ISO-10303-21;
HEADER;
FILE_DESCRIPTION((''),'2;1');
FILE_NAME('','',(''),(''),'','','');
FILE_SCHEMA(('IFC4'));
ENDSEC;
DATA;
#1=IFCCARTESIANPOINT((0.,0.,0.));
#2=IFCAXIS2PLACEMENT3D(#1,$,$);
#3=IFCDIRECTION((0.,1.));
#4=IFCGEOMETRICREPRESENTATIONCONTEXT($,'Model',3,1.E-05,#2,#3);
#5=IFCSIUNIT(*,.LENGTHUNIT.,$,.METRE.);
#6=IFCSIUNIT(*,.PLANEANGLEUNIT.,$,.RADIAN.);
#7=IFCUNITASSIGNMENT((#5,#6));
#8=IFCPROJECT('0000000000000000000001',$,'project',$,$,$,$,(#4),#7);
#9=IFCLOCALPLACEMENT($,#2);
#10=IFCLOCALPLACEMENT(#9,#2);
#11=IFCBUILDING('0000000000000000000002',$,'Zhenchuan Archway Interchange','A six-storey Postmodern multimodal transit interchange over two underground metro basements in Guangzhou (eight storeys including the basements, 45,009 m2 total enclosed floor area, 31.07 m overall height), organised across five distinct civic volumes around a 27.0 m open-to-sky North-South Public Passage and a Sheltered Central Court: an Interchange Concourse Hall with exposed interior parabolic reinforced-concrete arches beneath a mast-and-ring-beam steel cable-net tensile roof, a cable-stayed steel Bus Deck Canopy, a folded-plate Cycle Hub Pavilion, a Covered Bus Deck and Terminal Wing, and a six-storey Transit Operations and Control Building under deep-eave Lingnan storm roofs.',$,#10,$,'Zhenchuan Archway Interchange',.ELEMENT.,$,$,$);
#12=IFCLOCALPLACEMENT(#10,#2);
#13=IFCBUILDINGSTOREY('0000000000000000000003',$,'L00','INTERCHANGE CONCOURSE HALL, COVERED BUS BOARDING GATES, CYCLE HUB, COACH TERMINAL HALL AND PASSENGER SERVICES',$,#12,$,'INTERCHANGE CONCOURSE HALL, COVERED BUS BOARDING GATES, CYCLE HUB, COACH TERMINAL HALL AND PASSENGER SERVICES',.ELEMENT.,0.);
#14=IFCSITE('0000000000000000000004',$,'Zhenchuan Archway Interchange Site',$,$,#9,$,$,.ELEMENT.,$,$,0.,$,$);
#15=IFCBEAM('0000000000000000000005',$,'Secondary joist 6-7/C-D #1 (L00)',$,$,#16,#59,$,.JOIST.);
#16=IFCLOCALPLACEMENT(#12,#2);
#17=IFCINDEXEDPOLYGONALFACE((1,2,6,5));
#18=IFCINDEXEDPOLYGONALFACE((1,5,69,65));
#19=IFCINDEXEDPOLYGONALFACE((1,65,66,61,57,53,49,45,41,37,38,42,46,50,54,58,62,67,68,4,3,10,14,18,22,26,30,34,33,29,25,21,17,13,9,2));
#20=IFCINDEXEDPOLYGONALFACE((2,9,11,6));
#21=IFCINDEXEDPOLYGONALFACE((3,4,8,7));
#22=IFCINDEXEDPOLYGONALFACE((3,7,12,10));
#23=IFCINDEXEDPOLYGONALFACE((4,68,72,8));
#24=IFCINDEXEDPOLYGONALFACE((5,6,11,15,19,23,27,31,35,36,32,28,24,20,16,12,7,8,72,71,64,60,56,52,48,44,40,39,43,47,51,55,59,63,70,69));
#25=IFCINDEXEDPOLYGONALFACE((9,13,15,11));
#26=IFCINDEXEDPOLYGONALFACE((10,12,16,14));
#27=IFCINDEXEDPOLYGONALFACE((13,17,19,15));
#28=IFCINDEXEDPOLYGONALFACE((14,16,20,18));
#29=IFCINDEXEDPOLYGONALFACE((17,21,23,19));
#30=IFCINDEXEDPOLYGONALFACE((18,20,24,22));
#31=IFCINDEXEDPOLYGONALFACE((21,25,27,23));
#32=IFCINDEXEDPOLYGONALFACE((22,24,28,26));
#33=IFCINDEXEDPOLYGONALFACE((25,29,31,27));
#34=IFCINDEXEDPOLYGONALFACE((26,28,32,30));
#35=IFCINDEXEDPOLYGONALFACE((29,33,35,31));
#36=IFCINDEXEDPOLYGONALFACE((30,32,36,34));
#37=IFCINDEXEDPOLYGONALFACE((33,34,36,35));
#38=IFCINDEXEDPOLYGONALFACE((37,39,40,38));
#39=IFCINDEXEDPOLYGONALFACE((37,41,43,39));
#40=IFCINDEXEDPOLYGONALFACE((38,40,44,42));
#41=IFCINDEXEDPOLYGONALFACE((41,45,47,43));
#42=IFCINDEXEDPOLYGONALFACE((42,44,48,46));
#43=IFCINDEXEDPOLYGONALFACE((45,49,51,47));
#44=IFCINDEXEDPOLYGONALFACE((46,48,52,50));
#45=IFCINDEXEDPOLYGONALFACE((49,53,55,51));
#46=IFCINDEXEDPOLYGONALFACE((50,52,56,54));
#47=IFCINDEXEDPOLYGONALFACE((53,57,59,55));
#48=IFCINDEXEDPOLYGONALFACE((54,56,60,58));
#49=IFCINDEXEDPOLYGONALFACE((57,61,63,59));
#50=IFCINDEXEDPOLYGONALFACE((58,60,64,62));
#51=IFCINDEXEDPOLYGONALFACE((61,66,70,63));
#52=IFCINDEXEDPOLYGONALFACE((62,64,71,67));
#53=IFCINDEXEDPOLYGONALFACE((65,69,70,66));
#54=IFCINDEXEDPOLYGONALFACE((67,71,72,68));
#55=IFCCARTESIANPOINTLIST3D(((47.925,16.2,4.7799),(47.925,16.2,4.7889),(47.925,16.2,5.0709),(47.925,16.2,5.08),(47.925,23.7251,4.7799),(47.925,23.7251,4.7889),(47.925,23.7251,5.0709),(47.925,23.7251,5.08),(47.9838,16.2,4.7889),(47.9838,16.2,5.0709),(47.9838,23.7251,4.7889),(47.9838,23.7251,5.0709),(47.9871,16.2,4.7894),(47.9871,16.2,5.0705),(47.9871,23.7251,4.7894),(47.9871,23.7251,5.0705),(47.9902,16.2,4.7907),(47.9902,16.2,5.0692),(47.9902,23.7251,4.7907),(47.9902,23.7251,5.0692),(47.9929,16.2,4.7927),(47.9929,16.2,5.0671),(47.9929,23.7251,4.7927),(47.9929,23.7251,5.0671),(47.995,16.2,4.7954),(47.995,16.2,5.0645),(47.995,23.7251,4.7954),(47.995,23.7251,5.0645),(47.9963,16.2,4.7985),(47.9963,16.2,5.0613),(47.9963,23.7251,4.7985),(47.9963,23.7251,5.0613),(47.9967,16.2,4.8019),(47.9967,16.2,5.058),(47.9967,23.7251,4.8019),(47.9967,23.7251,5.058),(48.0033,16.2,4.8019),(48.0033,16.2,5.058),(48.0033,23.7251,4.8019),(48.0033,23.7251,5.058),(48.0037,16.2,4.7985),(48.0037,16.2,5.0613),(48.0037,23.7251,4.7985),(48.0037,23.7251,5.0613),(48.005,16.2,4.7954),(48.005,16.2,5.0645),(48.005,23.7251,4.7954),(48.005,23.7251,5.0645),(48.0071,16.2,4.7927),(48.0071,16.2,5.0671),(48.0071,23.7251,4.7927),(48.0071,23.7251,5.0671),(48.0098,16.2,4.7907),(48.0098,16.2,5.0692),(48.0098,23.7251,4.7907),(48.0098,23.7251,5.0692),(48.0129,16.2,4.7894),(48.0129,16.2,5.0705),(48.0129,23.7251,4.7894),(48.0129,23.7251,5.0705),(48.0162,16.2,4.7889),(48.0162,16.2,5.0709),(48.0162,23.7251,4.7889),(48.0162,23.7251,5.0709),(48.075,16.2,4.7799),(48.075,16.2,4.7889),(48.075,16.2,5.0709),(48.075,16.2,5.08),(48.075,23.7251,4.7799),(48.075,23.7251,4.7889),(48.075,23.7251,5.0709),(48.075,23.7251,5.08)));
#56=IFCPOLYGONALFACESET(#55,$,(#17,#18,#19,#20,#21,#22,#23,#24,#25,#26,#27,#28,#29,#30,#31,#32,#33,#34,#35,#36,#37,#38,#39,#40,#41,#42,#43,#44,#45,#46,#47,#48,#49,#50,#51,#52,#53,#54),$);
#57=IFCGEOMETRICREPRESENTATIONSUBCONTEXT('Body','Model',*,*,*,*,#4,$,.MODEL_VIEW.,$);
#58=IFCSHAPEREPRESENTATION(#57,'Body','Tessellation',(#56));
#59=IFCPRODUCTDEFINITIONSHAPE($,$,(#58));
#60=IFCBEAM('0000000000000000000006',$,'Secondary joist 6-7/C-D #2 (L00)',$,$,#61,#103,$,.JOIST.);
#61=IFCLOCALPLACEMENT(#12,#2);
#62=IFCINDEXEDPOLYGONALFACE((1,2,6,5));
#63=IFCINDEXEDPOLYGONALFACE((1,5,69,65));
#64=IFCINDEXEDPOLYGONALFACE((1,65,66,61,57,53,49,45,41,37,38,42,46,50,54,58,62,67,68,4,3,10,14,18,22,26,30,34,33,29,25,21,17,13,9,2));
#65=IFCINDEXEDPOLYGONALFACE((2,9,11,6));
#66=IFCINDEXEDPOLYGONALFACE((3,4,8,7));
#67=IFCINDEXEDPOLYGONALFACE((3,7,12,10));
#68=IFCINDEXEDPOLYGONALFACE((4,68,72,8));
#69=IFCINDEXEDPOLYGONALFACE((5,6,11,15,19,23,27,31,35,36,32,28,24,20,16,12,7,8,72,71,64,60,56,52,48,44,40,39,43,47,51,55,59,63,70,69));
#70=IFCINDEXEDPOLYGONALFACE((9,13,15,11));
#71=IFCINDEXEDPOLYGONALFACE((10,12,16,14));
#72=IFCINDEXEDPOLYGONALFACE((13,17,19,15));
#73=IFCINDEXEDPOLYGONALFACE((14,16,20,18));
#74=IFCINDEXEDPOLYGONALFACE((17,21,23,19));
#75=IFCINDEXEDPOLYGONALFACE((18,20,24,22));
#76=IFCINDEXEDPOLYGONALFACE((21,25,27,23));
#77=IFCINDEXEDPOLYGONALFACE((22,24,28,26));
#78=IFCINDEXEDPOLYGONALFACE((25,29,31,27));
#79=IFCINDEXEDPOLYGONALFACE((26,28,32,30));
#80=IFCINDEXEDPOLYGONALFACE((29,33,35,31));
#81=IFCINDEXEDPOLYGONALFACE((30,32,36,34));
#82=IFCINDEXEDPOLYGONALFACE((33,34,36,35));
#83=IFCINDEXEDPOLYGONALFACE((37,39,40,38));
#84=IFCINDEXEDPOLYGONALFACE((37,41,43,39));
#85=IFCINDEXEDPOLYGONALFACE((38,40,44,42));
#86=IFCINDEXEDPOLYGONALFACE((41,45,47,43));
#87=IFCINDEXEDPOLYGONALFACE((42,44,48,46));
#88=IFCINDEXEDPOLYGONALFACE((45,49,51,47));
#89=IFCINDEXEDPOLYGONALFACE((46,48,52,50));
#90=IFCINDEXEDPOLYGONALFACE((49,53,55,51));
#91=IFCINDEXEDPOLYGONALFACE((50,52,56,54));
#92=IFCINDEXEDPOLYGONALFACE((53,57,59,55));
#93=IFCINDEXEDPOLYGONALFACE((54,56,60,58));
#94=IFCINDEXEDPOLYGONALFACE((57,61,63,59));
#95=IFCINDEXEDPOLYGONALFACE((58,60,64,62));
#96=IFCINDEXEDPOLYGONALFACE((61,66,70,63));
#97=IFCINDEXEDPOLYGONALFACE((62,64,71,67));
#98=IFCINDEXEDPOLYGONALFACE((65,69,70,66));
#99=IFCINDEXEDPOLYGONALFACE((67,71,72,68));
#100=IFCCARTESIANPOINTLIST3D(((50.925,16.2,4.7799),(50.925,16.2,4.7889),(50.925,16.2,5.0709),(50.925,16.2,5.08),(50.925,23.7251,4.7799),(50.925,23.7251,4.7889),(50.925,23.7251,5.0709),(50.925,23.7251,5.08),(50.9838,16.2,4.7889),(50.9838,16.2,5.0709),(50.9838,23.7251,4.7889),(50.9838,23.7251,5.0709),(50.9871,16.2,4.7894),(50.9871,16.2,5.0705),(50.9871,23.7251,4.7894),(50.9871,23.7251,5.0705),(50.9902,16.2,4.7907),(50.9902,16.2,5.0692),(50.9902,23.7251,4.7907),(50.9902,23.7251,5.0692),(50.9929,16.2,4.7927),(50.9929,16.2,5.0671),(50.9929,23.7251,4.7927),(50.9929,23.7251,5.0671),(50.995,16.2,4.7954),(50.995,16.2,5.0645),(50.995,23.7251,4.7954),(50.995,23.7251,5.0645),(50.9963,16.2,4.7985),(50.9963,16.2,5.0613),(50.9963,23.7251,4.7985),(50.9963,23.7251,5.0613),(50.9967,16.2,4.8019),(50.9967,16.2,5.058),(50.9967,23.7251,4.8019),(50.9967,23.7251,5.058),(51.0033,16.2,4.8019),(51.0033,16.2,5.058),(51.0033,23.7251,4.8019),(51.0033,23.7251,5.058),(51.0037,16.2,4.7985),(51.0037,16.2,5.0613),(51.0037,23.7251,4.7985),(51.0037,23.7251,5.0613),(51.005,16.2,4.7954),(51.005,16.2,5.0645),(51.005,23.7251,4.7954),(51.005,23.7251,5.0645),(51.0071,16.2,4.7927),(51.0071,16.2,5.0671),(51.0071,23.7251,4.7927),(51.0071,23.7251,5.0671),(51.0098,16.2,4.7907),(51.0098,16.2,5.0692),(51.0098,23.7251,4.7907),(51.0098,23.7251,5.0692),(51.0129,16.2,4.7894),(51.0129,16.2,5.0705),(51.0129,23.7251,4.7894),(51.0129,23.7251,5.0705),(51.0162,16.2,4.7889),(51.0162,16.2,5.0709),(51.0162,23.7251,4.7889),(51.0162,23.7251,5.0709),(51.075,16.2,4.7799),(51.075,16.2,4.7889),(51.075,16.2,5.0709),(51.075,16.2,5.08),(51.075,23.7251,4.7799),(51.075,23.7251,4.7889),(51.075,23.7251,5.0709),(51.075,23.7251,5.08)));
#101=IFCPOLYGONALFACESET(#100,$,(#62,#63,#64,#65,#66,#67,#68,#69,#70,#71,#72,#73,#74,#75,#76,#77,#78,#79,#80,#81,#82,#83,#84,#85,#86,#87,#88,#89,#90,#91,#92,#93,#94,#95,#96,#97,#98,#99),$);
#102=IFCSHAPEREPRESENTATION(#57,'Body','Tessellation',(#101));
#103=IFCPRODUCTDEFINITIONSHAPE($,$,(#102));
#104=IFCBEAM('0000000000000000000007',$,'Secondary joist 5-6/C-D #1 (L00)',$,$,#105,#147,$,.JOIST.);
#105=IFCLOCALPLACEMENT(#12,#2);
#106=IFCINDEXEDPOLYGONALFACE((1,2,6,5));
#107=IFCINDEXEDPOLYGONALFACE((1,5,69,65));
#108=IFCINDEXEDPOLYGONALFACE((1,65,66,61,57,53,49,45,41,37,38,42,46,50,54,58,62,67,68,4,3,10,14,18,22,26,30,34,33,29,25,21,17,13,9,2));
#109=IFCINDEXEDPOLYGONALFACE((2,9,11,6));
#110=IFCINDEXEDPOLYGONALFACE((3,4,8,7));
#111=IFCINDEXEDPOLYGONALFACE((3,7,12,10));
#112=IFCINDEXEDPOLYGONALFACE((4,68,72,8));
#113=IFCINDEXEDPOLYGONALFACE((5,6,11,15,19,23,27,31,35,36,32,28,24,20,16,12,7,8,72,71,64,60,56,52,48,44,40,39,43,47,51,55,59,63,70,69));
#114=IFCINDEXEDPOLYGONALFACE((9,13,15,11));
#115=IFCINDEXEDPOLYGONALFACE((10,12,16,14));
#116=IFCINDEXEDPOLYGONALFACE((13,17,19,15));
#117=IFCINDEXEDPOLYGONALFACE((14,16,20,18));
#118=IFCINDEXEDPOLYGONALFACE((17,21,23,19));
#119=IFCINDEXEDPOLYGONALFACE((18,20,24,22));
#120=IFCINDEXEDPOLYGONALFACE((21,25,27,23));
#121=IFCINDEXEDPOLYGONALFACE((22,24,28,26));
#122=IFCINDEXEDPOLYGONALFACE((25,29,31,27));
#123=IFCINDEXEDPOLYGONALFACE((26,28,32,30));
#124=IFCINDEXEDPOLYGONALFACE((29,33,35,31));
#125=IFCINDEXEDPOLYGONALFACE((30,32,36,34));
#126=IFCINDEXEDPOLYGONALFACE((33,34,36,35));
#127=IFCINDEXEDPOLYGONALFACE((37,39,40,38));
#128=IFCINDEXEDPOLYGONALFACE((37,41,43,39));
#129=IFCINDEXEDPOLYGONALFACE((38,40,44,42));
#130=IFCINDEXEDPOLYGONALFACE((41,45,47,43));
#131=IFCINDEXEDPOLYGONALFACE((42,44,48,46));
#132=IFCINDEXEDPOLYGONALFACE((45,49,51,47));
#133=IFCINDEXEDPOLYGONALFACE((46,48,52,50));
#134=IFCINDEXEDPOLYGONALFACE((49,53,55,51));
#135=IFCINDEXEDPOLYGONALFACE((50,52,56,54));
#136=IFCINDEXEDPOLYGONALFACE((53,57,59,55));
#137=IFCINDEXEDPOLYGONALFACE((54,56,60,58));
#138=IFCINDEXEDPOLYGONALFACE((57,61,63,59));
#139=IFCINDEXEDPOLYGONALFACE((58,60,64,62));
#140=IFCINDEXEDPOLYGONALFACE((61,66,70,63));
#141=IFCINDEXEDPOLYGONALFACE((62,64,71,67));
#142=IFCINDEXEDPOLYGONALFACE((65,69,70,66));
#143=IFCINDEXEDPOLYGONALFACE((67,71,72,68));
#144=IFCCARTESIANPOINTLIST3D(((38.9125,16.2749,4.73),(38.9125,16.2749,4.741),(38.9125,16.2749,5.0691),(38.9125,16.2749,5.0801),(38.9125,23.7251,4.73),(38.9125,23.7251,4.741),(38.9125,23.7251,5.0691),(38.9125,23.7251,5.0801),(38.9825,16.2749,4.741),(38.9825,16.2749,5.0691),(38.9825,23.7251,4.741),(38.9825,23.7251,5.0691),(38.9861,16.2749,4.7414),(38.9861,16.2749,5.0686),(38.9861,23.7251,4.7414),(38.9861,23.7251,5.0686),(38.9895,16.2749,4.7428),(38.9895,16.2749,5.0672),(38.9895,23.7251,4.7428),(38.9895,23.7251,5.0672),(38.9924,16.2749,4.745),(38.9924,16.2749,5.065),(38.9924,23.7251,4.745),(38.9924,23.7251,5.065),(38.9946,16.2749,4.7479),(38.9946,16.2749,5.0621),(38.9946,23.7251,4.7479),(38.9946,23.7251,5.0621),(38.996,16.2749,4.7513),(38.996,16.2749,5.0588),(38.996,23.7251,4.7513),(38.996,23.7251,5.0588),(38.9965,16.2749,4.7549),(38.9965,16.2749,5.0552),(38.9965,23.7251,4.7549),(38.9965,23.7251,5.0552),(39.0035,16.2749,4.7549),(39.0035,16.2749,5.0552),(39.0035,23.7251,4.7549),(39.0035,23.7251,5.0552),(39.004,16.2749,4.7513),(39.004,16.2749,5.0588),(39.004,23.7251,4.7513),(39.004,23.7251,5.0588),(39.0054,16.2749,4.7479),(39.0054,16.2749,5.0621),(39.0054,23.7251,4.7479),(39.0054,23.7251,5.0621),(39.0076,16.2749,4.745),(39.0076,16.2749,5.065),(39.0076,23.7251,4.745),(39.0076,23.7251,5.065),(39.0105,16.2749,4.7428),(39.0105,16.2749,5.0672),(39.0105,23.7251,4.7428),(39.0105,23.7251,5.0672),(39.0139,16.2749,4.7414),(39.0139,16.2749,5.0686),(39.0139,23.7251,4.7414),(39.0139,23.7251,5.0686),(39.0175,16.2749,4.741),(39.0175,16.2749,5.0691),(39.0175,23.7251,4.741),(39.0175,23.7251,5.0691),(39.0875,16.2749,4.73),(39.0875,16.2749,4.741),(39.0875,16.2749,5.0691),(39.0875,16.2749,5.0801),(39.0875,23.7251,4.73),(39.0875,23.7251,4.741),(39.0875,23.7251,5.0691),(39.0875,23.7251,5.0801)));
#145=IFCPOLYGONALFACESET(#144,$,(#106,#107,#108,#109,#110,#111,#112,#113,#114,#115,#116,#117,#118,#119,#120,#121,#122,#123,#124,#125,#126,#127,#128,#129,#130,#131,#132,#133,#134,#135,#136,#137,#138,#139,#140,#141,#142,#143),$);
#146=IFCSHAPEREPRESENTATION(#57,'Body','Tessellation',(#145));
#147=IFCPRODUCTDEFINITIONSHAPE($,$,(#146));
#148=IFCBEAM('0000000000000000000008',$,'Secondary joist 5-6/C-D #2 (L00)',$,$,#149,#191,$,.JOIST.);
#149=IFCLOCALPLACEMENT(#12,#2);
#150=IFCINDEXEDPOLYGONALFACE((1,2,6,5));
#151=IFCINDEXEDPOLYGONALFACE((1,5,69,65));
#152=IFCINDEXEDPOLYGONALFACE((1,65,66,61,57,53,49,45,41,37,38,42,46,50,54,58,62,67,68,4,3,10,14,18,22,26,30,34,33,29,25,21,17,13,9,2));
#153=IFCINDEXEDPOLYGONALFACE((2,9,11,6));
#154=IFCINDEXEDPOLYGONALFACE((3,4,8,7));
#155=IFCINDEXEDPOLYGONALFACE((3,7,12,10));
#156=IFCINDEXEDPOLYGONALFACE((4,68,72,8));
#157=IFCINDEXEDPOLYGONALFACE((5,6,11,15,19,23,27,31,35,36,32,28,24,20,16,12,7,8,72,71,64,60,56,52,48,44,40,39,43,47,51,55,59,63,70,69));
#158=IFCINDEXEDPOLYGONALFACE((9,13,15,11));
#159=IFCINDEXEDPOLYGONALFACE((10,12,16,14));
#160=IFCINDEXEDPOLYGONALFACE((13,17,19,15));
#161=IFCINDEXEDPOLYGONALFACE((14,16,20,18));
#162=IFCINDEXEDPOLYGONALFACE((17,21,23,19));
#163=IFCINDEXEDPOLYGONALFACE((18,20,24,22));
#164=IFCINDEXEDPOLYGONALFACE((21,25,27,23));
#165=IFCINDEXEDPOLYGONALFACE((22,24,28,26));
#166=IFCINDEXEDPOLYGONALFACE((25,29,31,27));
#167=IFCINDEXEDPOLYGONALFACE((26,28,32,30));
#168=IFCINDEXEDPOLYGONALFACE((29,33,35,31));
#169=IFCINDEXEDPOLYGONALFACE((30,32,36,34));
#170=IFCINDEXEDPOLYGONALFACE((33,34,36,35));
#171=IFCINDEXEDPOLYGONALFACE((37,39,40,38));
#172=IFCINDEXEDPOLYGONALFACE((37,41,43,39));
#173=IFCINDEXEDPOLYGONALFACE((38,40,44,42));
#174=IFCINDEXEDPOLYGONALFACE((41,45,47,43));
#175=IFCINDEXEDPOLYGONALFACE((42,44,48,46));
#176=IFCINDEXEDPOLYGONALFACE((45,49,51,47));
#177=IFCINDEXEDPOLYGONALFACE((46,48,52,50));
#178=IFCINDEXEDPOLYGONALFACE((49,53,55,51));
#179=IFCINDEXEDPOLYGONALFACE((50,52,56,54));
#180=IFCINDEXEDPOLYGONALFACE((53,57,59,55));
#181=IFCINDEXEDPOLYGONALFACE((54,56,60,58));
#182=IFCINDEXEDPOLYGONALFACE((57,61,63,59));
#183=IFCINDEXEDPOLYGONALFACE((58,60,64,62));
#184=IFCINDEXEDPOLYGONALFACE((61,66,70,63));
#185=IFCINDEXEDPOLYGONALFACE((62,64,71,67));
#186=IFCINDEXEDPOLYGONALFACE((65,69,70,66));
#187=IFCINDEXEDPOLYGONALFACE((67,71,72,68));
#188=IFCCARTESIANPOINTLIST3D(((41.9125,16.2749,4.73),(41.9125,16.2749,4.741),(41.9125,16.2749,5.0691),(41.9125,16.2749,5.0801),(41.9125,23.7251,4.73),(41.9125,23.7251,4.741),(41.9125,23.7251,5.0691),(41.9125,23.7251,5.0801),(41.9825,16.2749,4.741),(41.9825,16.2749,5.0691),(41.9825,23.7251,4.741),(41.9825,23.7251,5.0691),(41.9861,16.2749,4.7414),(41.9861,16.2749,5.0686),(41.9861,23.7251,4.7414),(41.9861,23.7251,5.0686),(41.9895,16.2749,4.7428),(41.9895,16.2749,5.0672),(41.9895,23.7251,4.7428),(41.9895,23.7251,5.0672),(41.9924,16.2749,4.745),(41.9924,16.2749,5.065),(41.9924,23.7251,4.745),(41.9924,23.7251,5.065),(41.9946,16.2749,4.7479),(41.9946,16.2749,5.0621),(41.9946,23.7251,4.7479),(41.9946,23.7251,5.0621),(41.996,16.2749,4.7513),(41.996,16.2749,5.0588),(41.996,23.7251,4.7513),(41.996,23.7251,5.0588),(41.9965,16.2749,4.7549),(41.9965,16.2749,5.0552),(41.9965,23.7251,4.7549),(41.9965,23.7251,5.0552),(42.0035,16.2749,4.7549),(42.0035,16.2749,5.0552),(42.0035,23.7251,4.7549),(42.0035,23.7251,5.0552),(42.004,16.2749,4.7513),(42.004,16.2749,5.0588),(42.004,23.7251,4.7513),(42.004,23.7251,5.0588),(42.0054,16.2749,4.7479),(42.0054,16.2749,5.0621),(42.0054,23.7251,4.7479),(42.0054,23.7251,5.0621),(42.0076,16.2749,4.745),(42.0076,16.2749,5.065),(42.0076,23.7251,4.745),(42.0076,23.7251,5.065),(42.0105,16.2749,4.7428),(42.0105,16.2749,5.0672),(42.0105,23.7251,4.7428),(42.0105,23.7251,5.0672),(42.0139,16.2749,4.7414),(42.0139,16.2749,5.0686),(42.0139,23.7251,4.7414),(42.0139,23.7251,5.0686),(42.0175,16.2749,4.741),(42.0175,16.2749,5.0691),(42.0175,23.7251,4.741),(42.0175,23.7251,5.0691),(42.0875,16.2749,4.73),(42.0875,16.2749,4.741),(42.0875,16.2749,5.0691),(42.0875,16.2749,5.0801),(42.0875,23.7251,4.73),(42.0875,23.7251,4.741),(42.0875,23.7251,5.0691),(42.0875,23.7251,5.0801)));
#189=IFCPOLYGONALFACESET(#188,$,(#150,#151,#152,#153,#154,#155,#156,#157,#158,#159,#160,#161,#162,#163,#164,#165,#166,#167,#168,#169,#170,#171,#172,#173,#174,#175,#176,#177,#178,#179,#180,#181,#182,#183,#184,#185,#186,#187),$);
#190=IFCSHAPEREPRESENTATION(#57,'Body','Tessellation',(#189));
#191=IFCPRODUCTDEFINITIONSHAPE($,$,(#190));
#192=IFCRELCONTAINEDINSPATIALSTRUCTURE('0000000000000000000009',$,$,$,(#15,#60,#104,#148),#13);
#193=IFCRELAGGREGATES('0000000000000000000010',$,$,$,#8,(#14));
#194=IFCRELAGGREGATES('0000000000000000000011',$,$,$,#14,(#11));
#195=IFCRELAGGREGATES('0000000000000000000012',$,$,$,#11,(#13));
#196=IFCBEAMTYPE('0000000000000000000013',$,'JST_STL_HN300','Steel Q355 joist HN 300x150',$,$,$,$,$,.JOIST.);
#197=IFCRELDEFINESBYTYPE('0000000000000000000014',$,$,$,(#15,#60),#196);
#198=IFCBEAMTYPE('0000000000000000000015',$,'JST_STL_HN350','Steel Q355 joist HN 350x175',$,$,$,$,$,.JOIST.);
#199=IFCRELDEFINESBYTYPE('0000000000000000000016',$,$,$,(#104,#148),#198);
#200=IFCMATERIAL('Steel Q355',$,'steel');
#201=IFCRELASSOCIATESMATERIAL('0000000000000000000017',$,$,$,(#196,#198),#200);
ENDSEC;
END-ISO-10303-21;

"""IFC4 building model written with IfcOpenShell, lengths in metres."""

from ifc_helpers import new_model, si_unit, direction, frame, origin, origin_2d, place, context, subcontext, project, spatial, i_section, extrude, material, material_profile, profile_set, type_object, element, save


model = new_model("IFC4")

# Units and contexts
model_context = context("Model", 3, precision=1e-05, world=origin(), true_north=direction((0.0, 1.0)))
body_context = subcontext(model_context, "Body", "Model", "MODEL_VIEW")
ifc_project = project(units=[si_unit("LENGTHUNIT", "METRE"), si_unit("PLANEANGLEUNIT", "RADIAN")], contexts=[model_context])

# Site, building, storey
site_placement = place(None, origin())
site = spatial("IfcSite", under=ifc_project, at=site_placement, Name="Zhenchuan Archway Interchange Site", CompositionType="ELEMENT", RefElevation=0.0)
building_placement = place(site_placement, origin())
building = spatial("IfcBuilding", under=site, at=building_placement, Name="Zhenchuan Archway Interchange", Description="A six-storey Postmodern multimodal transit interchange over two underground metro basements in Guangzhou (eight storeys including the basements, 45,009 m2 total enclosed floor area, 31.07 m overall height), organised across five distinct civic volumes around a 27.0 m open-to-sky North-South Public Passage and a Sheltered Central Court: an Interchange Concourse Hall with exposed interior parabolic reinforced-concrete arches beneath a mast-and-ring-beam steel cable-net tensile roof, a cable-stayed steel Bus Deck Canopy, a folded-plate Cycle Hub Pavilion, a Covered Bus Deck and Terminal Wing, and a six-storey Transit Operations and Control Building under deep-eave Lingnan storm roofs.", LongName="Zhenchuan Archway Interchange", CompositionType="ELEMENT")
storey_placement = place(building_placement, origin())
storey = spatial("IfcBuildingStorey", under=building, at=storey_placement, Name="L00", Description="INTERCHANGE CONCOURSE HALL, COVERED BUS BOARDING GATES, CYCLE HUB, COACH TERMINAL HALL AND PASSENGER SERVICES", LongName="INTERCHANGE CONCOURSE HALL, COVERED BUS BOARDING GATES, CYCLE HUB, COACH TERMINAL HALL AND PASSENGER SERVICES", CompositionType="ELEMENT", Elevation=0.0)

# Beams
ifc_material_1 = material(Name="Steel Q355", Category="steel")
ifc_material_profile_1 = material_profile(ifc_material_1, i_section(OverallWidth=0.1499, OverallDepth=0.3, WebThickness=0.0066, FlangeThickness=0.009, FilletRadius=0.0129, at=origin_2d()), Name="HN 300x150")
ifc_profile_set_1 = profile_set([ifc_material_profile_1], Name="Steel Q355")
beam_type_1 = type_object("IfcBeamType", Name="JST_STL_HN300", Description="Steel Q355 joist HN 300x150", PredefinedType="JOIST", material=ifc_profile_set_1)
for number, where, z_axis, x_axis, name in (
    (1, (48.0, 16.2, 4.9299), (0.0, 1.0, 0.0), (-1.0, 0.0, 0.0), "Secondary joist 6-7/C-D #1 (L00)"),
    (2, (51.0, 16.2, 4.9299), (0.0, 1.0, 0.0), (-1.0, 0.0, 0.0), "Secondary joist 6-7/C-D #2 (L00)"),
):
    element("IfcBeam", number, at=place(storey_placement, frame(where, z_axis=z_axis, x_axis=x_axis)), inside=storey, type_object=beam_type_1, Name=name, PredefinedType="JOIST", context=body_context, shape_type="SweptSolid", body=[
        extrude(i_section(OverallWidth=0.1499, OverallDepth=0.3, WebThickness=0.0066, FlangeThickness=0.009, FilletRadius=0.0129, at=origin_2d()), origin(), (0.0, 0.0, 1.0), 7.5251),
    ])
ifc_material_profile_2 = material_profile(ifc_material_1, i_section(OverallWidth=0.175, OverallDepth=0.3501, WebThickness=0.0071, FlangeThickness=0.011, FilletRadius=0.0139, at=origin_2d()), Name="HN 350x175")
ifc_profile_set_2 = profile_set([ifc_material_profile_2], Name="Steel Q355")
beam_type_2 = type_object("IfcBeamType", Name="JST_STL_HN350", Description="Steel Q355 joist HN 350x175", PredefinedType="JOIST", material=ifc_profile_set_2)
for number, where, z_axis, x_axis, name in (
    (3, (39.0, 16.2749, 4.905), (0.0, 1.0, 0.0), (-1.0, 0.0, 0.0), "Secondary joist 5-6/C-D #1 (L00)"),
    (4, (42.0, 16.2749, 4.905), (0.0, 1.0, 0.0), (-1.0, 0.0, 0.0), "Secondary joist 5-6/C-D #2 (L00)"),
):
    element("IfcBeam", number, at=place(storey_placement, frame(where, z_axis=z_axis, x_axis=x_axis)), inside=storey, type_object=beam_type_2, Name=name, PredefinedType="JOIST", context=body_context, shape_type="SweptSolid", body=[
        extrude(i_section(OverallWidth=0.175, OverallDepth=0.3501, WebThickness=0.0071, FlangeThickness=0.011, FilletRadius=0.0139, at=origin_2d()), origin(), (0.0, 0.0, 1.0), 7.4502),
    ])

save(model, "model.ifc")
